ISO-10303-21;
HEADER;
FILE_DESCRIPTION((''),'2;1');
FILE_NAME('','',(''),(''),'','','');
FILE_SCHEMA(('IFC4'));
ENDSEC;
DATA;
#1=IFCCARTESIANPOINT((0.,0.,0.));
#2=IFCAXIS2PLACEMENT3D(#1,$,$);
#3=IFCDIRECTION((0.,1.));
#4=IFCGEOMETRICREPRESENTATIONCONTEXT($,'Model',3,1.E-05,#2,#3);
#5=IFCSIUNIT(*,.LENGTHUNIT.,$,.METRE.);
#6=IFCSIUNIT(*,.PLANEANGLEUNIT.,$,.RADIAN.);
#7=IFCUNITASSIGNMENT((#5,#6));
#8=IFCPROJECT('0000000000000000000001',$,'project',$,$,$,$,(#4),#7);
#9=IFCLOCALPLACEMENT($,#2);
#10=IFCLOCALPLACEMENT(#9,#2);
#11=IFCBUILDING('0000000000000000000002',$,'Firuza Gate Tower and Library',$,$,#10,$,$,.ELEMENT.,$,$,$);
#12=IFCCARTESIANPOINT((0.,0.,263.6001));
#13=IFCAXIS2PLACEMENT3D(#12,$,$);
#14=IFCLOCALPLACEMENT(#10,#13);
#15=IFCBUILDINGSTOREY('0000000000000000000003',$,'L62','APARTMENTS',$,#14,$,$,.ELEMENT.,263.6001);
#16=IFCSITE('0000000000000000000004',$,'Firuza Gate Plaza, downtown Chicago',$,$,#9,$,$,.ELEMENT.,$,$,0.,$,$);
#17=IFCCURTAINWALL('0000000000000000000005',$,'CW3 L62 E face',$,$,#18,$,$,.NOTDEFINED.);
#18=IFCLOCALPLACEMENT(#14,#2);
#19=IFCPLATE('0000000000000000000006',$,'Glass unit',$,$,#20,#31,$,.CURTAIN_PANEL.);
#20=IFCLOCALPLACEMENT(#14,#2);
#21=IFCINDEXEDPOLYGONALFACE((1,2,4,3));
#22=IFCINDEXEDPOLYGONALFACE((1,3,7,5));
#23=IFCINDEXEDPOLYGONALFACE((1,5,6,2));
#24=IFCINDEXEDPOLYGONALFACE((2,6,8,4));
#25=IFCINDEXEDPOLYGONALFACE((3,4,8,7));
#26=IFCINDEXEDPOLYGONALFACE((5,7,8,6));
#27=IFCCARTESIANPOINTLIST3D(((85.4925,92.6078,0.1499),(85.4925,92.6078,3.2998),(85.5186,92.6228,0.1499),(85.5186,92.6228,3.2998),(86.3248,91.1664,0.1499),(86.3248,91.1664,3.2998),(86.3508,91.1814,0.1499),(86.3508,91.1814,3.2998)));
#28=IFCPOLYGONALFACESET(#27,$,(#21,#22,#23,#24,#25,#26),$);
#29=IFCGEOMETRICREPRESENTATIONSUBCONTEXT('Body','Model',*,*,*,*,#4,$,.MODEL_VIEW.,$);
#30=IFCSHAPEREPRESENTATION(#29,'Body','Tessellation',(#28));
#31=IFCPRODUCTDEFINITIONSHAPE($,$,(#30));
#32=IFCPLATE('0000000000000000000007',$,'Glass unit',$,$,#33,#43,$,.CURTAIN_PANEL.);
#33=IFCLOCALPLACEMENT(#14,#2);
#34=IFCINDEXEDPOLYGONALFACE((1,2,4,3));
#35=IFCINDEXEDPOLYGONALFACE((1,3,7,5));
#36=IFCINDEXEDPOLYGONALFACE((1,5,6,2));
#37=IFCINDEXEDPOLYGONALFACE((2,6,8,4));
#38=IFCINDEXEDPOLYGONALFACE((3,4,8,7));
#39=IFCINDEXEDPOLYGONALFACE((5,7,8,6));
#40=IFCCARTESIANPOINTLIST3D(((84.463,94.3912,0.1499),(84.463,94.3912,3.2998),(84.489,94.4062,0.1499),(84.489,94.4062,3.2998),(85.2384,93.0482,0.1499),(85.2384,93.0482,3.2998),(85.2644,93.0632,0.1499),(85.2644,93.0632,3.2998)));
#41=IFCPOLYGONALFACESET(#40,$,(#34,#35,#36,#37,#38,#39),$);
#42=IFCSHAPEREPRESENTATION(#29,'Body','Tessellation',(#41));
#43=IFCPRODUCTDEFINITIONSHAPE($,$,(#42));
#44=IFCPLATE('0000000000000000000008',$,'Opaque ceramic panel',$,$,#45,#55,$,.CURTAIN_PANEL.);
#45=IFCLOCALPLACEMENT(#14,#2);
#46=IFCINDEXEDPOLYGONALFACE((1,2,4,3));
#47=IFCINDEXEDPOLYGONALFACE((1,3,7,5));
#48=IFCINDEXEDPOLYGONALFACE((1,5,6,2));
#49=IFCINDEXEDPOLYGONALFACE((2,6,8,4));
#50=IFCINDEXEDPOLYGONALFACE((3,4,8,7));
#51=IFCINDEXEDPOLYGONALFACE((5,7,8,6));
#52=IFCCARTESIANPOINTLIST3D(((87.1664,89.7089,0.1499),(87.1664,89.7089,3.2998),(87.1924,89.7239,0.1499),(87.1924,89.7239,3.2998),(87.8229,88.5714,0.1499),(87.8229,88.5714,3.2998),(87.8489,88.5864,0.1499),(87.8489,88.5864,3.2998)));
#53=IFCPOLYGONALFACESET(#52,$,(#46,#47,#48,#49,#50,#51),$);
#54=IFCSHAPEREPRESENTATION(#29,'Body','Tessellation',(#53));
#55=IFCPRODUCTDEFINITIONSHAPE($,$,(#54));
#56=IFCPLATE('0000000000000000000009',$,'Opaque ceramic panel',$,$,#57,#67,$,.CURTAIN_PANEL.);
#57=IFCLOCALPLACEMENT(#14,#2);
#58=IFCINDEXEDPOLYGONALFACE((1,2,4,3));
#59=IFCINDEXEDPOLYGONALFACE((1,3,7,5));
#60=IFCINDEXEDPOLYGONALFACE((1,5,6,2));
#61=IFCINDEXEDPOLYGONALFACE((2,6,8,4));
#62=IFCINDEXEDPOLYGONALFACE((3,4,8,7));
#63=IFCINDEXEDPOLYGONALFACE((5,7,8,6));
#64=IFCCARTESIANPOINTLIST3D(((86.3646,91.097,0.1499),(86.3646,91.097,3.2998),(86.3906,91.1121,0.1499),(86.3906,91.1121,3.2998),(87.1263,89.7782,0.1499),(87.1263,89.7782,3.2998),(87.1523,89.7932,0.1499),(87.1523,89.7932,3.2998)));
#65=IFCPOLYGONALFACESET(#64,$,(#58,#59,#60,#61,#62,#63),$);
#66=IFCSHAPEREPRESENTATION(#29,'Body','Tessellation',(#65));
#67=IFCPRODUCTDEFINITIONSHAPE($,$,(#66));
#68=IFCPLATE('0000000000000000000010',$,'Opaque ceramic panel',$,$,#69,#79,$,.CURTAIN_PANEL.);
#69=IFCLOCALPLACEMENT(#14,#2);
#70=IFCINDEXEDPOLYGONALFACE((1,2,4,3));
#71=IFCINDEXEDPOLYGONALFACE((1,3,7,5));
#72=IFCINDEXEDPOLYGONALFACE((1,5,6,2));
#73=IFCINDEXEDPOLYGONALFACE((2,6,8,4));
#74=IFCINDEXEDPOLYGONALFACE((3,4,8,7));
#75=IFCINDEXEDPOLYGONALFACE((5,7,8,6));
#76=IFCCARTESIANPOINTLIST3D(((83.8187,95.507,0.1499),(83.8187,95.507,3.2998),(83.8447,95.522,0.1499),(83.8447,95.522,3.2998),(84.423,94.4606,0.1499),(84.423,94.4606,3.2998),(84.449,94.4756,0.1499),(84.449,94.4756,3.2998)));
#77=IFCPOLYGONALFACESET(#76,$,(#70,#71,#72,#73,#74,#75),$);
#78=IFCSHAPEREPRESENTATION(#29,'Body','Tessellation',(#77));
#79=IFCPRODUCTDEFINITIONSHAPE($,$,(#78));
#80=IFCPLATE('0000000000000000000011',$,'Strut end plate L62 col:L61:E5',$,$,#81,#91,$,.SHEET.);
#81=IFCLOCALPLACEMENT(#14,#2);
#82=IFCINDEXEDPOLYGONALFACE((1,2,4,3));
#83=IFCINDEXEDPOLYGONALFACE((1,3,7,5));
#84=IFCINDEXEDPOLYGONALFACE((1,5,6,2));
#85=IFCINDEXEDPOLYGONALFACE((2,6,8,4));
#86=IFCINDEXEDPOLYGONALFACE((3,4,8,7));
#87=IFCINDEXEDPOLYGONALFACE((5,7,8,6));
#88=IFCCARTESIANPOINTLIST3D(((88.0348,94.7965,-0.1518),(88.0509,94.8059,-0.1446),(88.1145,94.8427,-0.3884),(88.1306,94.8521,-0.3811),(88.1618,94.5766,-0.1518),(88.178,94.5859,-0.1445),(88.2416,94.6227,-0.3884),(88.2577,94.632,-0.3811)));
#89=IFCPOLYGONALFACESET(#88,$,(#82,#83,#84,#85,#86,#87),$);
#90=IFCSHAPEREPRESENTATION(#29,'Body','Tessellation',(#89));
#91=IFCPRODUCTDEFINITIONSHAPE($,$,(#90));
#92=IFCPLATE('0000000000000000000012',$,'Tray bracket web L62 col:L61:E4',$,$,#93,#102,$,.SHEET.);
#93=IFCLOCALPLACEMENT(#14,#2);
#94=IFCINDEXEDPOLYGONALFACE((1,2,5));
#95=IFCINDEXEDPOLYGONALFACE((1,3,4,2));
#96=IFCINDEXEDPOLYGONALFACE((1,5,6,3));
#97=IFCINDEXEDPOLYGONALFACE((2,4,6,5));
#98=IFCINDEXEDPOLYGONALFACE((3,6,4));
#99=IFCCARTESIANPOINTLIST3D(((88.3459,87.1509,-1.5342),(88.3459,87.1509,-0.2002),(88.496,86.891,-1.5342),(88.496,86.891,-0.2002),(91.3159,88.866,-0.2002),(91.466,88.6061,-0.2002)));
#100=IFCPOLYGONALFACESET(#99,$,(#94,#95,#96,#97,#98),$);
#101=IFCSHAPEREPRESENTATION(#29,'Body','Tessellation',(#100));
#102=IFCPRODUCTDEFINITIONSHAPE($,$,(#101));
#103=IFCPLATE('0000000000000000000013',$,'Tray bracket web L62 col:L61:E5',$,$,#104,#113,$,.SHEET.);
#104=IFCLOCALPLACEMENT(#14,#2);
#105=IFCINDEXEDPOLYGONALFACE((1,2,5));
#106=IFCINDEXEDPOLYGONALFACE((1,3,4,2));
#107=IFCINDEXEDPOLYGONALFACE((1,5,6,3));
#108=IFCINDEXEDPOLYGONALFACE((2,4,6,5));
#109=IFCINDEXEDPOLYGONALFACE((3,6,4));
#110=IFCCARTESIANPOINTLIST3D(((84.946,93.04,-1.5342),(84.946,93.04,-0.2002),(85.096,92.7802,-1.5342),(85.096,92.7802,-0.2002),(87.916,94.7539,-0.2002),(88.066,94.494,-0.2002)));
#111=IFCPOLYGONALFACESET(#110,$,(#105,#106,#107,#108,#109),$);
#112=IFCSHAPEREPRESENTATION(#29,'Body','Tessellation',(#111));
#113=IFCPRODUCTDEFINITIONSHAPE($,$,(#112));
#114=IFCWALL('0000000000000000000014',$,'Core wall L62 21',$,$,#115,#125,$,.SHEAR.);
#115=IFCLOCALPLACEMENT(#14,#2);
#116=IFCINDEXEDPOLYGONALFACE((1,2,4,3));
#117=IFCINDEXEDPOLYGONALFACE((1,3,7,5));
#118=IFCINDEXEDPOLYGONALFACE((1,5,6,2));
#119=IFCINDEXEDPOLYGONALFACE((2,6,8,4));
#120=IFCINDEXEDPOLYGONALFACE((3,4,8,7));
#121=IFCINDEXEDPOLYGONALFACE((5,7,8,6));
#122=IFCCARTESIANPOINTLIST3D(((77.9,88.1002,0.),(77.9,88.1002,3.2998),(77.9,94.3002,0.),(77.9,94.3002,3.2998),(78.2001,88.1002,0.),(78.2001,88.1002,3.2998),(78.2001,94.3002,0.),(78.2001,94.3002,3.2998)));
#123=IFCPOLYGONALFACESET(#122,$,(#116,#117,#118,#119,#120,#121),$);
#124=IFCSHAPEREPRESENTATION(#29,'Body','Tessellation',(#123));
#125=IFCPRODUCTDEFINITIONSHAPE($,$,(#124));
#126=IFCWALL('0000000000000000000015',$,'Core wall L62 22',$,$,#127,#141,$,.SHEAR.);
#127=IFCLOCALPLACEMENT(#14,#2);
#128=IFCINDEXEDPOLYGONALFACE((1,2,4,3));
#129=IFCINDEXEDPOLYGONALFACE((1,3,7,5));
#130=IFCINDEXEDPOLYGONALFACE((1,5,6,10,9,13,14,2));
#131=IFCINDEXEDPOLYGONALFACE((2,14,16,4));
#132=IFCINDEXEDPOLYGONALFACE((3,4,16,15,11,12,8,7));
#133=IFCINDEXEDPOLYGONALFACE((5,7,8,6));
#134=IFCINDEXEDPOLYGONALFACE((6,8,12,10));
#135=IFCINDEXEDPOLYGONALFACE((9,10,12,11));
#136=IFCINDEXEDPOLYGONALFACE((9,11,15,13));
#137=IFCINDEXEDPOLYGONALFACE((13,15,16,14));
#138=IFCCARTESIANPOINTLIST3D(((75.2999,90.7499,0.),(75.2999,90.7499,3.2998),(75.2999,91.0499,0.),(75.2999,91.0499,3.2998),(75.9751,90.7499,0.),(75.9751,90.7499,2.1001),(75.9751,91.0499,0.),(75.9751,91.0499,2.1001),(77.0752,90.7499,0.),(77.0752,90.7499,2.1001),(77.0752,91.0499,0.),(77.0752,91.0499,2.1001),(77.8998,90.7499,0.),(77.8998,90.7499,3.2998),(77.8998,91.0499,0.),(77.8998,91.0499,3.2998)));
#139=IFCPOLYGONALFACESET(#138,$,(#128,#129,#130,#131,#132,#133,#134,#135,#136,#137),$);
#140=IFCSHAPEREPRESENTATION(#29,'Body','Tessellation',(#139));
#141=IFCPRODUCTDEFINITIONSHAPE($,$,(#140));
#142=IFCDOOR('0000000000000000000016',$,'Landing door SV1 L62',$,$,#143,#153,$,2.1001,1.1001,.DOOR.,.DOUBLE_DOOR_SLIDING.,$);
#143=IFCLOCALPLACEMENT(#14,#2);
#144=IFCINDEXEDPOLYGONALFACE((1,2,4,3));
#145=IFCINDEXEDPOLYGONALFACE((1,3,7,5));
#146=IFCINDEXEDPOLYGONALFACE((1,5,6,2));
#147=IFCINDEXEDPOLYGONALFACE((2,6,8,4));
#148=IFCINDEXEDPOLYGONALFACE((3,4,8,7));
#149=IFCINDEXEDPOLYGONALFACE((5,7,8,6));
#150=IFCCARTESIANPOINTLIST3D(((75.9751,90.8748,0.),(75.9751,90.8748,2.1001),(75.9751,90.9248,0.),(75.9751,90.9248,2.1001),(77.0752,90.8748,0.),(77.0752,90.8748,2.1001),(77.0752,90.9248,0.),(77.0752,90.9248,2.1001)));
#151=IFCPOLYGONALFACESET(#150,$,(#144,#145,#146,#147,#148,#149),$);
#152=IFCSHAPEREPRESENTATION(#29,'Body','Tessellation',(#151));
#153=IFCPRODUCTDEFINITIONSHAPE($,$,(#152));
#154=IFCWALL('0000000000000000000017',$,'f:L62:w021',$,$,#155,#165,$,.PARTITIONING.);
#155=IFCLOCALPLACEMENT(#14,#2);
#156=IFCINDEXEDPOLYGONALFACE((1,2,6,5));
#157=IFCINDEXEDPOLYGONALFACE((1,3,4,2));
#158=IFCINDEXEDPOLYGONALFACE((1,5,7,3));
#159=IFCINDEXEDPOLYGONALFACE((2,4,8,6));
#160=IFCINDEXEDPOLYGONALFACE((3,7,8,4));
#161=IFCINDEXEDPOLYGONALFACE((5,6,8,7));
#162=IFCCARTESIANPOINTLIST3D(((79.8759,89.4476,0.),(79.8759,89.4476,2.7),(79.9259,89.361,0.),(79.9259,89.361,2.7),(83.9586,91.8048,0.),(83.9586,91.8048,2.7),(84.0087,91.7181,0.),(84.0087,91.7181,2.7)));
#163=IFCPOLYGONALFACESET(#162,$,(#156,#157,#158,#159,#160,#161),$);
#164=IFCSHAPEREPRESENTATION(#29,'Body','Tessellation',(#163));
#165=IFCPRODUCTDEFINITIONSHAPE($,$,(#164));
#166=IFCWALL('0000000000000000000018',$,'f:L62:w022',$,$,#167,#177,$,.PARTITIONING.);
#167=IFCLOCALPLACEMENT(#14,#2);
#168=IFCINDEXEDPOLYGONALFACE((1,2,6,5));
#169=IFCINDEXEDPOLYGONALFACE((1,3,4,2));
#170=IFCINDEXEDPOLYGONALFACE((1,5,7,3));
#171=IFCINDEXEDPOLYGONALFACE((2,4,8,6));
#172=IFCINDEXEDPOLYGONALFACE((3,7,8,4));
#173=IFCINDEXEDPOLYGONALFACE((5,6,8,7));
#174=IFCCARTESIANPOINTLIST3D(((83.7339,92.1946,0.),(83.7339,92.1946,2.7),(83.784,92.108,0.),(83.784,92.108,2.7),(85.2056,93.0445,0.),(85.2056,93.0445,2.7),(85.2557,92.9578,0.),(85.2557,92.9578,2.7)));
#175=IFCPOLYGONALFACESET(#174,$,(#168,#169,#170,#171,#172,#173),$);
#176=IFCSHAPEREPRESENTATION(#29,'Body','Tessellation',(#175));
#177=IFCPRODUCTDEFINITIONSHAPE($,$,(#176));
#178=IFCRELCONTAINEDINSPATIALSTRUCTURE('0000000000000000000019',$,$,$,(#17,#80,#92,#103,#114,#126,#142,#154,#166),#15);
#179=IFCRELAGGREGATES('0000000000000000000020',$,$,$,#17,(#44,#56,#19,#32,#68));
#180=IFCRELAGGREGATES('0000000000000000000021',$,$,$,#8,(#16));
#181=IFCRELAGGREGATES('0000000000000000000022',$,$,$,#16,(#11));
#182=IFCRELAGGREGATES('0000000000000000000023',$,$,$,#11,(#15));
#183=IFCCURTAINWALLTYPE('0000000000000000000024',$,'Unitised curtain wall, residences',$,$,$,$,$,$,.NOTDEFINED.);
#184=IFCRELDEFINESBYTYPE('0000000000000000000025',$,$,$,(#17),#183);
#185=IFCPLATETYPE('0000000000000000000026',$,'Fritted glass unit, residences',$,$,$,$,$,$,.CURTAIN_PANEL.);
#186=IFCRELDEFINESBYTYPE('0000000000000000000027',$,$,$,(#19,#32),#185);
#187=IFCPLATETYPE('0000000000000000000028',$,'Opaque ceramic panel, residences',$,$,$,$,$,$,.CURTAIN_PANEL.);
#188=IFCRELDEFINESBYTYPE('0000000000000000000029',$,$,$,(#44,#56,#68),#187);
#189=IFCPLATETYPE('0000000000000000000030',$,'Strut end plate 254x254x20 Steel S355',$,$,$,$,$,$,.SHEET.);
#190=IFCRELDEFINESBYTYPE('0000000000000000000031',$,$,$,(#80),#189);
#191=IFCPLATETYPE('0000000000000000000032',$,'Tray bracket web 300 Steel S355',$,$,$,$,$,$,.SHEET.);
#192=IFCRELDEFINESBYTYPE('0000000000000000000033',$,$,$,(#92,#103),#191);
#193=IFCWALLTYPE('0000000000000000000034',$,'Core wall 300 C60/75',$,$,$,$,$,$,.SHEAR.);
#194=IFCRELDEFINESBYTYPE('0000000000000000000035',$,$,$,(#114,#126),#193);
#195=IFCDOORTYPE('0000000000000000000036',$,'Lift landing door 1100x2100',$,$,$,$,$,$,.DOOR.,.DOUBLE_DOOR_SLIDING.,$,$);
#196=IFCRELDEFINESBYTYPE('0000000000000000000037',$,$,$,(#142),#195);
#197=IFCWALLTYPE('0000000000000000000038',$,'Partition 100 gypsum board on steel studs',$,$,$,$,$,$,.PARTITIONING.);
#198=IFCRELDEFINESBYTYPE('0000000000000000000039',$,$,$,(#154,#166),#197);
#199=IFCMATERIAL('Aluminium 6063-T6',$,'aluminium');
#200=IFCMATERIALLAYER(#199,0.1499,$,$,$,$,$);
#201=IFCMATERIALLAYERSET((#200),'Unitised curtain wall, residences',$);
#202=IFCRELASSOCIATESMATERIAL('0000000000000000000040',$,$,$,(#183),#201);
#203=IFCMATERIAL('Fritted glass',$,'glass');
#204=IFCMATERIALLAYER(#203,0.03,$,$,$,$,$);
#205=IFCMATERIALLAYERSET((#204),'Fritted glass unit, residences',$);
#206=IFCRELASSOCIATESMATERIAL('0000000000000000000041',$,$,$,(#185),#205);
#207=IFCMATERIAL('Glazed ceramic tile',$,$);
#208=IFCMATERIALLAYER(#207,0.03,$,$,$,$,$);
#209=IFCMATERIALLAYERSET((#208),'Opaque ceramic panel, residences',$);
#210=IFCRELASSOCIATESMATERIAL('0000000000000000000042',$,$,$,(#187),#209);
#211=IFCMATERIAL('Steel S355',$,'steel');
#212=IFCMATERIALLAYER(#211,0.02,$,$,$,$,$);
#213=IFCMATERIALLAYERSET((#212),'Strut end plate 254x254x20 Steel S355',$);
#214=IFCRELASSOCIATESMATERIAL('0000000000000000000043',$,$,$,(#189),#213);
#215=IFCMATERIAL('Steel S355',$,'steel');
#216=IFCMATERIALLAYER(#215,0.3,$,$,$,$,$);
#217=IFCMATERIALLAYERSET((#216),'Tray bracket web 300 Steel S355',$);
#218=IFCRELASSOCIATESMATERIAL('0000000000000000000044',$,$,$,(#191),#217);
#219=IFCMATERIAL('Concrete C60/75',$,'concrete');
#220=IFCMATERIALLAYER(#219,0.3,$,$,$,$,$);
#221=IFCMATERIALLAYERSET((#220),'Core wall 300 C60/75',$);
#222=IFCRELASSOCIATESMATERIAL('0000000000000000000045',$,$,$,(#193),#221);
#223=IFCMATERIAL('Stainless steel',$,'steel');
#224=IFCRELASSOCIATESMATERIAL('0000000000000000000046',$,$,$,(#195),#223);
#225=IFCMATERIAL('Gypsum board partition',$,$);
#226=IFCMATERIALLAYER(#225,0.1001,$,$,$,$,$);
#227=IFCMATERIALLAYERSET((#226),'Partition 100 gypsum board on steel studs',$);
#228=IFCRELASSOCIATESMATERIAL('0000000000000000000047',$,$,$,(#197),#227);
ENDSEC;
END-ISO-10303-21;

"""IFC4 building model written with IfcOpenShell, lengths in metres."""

from ifc_helpers import new_model, si_unit, direction, frame, frame_2d, origin, place, context, subcontext, project, spatial, polyline, rectangle, outline, extrude, material, layer, layer_set, type_object, element, fill, aggregate, save


model = new_model("IFC4")

# Units and contexts
model_context = context("Model", 3, precision=1e-05, world=origin(), true_north=direction((0.0, 1.0)))
body_context = subcontext(model_context, "Body", "Model", "MODEL_VIEW")
ifc_project = project(units=[si_unit("LENGTHUNIT", "METRE"), si_unit("PLANEANGLEUNIT", "RADIAN")], contexts=[model_context])

# Site, building, storey
site_placement = place(None, origin())
site = spatial("IfcSite", under=ifc_project, at=site_placement, Name="Firuza Gate Plaza, downtown Chicago", CompositionType="ELEMENT", RefElevation=0.0)
building_placement = place(site_placement, origin())
building = spatial("IfcBuilding", under=site, at=building_placement, Name="Firuza Gate Tower and Library", CompositionType="ELEMENT")
storey_placement = place(building_placement, frame((0.0, 0.0, 263.6001)))
storey = spatial("IfcBuildingStorey", under=building, at=storey_placement, Name="L62", Description="APARTMENTS", CompositionType="ELEMENT", Elevation=263.6001)

# Curtain wall
ifc_material_1 = material(Name="Aluminium 6063-T6", Category="aluminium")
ifc_layer_1 = layer(ifc_material_1, 0.1499)
ifc_layer_set_1 = layer_set([ifc_layer_1], Name="Unitised curtain wall, residences")
curtain_wall_type = type_object("IfcCurtainWallType", Name="Unitised curtain wall, residences", PredefinedType="NOTDEFINED", material=ifc_layer_set_1)
curtain_wall_placement = place(storey_placement, origin())
curtain_wall = element("IfcCurtainWall", 1, at=curtain_wall_placement, inside=storey, type_object=curtain_wall_type, Name="CW3 L62 E face", PredefinedType="NOTDEFINED")

# Plates
ifc_material_2 = material(Name="Fritted glass", Category="glass")
ifc_layer_2 = layer(ifc_material_2, 0.03)
ifc_layer_set_2 = layer_set([ifc_layer_2], Name="Fritted glass unit, residences")
plate_type_1 = type_object("IfcPlateType", Name="Fritted glass unit, residences", PredefinedType="CURTAIN_PANEL", material=ifc_layer_set_2)
plate_1_placement = place(storey_placement, frame((86.3508, 91.1814, 0.1499), z_axis=(0.866005, 0.500036, 0.0), x_axis=(-0.500036, 0.866005, 0.0)))
plate_1 = element("IfcPlate", 2, at=plate_1_placement, type_object=plate_type_1, Name="Glass unit", PredefinedType="CURTAIN_PANEL", context=body_context, shape_type="SweptSolid", body=[
    extrude(outline(polyline([(0.0, 0.0), (1.6644, 0.0), (1.6644, 3.1499), (0.0, 3.1499), (0.0, 0.0)])), origin(), (0.0, 0.0, -1.0), 0.03),
])
plate_2_placement = place(storey_placement, frame((85.2644, 93.0632, 0.1499), z_axis=(0.866026, 0.5, 0.0), x_axis=(-0.5, 0.866026, 0.0)))
plate_2 = element("IfcPlate", 3, at=plate_2_placement, type_object=plate_type_1, Name="Glass unit", PredefinedType="CURTAIN_PANEL", context=body_context, shape_type="SweptSolid", body=[
    extrude(outline(polyline([(0.0, 0.0), (1.5508, 0.0), (1.5508, 3.1499), (0.0, 3.1499), (0.0, 0.0)])), origin(), (0.0, 0.0, -1.0), 0.03),
])
ifc_material_3 = material(Name="Glazed ceramic tile")
ifc_layer_3 = layer(ifc_material_3, 0.03)
ifc_layer_set_3 = layer_set([ifc_layer_3], Name="Opaque ceramic panel, residences")
plate_type_2 = type_object("IfcPlateType", Name="Opaque ceramic panel, residences", PredefinedType="CURTAIN_PANEL", material=ifc_layer_set_3)
plate_3_placement = place(storey_placement, frame((87.8489, 88.5864, 0.1499), z_axis=(0.866096, 0.499878, 0.0), x_axis=(-0.499878, 0.866096, 0.0)))
plate_3 = element("IfcPlate", 4, at=plate_3_placement, type_object=plate_type_2, Name="Opaque ceramic panel", PredefinedType="CURTAIN_PANEL", context=body_context, shape_type="SweptSolid", body=[
    extrude(outline(polyline([(0.0, 0.0), (1.3133, 0.0), (1.3133, 3.1499), (0.0, 3.1499), (0.0, 0.0)])), origin(), (0.0, 0.0, -1.0), 0.03),
])
plate_4_placement = place(storey_placement, frame((87.1523, 89.7932, 0.1499), z_axis=(0.865945, 0.500139, 0.0), x_axis=(-0.500139, 0.865945, 0.0)))
plate_4 = element("IfcPlate", 5, at=plate_4_placement, type_object=plate_type_2, Name="Opaque ceramic panel", PredefinedType="CURTAIN_PANEL", context=body_context, shape_type="SweptSolid", body=[
    extrude(outline(polyline([(0.0, 0.0), (1.523, 0.0), (1.523, 3.1499), (0.0, 3.1499), (0.0, 0.0)])), origin(), (0.0, 0.0, -1.0), 0.03),
])
plate_5_placement = place(storey_placement, frame((84.449, 94.4756, 0.1499), z_axis=(0.865984, 0.500072, 0.0), x_axis=(-0.500072, 0.865984, 0.0)))
plate_5 = element("IfcPlate", 6, at=plate_5_placement, type_object=plate_type_2, Name="Opaque ceramic panel", PredefinedType="CURTAIN_PANEL", context=body_context, shape_type="SweptSolid", body=[
    extrude(outline(polyline([(0.0, 0.0), (1.2083, 0.0), (1.2083, 3.1499), (0.0, 3.1499), (0.0, 0.0)])), origin(), (0.0, 0.0, -1.0), 0.03),
])
aggregate(curtain_wall, [plate_3, plate_4, plate_1, plate_2, plate_5])

# Plates
ifc_material_4 = material(Name="Steel S355", Category="steel")
ifc_layer_4 = layer(ifc_material_4, 0.02)
ifc_layer_set_4 = layer_set([ifc_layer_4], Name="Strut end plate 254x254x20 Steel S355")
plate_type_3 = type_object("IfcPlateType", Name="Strut end plate 254x254x20 Steel S355", PredefinedType="SHEET", material=ifc_layer_set_4)
plate_6_placement = place(storey_placement, frame((88.178, 94.5859, -0.1445), z_axis=(0.806901, 0.46614, 0.3628), x_axis=(-0.500174, 0.865925, -0.000141)))
element("IfcPlate", 7, at=plate_6_placement, inside=storey, type_object=plate_type_3, Name="Strut end plate L62 col:L61:E5", PredefinedType="SHEET", context=body_context, shape_type="SweptSolid", body=[
    extrude(outline(polyline([(0.0, 0.0), (0.254, 0.0), (0.2542, -0.2538), (0.0001, -0.2539), (0.0, 0.0)])), origin(), (0.0, 0.0, -1.0), 0.02),
])
ifc_material_5 = material(Name="Steel S355", Category="steel")
ifc_layer_5 = layer(ifc_material_5, 0.3)
ifc_layer_set_5 = layer_set([ifc_layer_5], Name="Tray bracket web 300 Steel S355")
plate_type_4 = type_object("IfcPlateType", Name="Tray bracket web 300 Steel S355", PredefinedType="SHEET", material=ifc_layer_set_5)
plate_7_placement = place(storey_placement, frame((88.3459, 87.1509, -0.2002), z_axis=(-0.500082, 0.865978, 0.0), x_axis=(0.865978, 0.500082, 0.0)))
element("IfcPlate", 8, at=plate_7_placement, inside=storey, type_object=plate_type_4, Name="Tray bracket web L62 col:L61:E4", PredefinedType="SHEET", context=body_context, shape_type="SweptSolid", body=[
    extrude(outline(polyline([(0.0, 0.0), (3.4296, 0.0), (0.0, 1.334), (0.0, 0.0)])), origin(), (0.0, 0.0, -1.0), 0.3),
])
plate_8_placement = place(storey_placement, frame((84.946, 93.04, -0.2002), z_axis=(-0.499815, 0.866132, 0.0), x_axis=(0.866132, 0.499815, 0.0)))
element("IfcPlate", 9, at=plate_8_placement, inside=storey, type_object=plate_type_4, Name="Tray bracket web L62 col:L61:E5", PredefinedType="SHEET", context=body_context, shape_type="SweptSolid", body=[
    extrude(outline(polyline([(0.0, 0.0), (3.429, 0.0), (0.0, 1.334), (0.0, 0.0)])), origin(), (0.0, 0.0, -1.0), 0.3),
])

# Wall
ifc_material_6 = material(Name="Concrete C60/75", Category="concrete")
ifc_layer_6 = layer(ifc_material_6, 0.3)
ifc_layer_set_6 = layer_set([ifc_layer_6], Name="Core wall 300 C60/75")
wall_type_1 = type_object("IfcWallType", Name="Core wall 300 C60/75", PredefinedType="SHEAR", material=ifc_layer_set_6)
wall_1_placement = place(storey_placement, frame((78.05, 88.1001, 0.0), z_axis=(0.0, 0.0, 1.0), x_axis=(0.0, 1.0, 0.0)))
element("IfcWall", 10, at=wall_1_placement, inside=storey, type_object=wall_type_1, Name="Core wall L62 21", PredefinedType="SHEAR", context=body_context, shape_type="SweptSolid", body=[
    extrude(rectangle(XDim=6.2, YDim=0.3, at=frame_2d((3.1001, 0.0))), origin(), (0.0, 0.0, 1.0), 3.2998),
])

# Wall, opening, door
wall_2_placement = place(storey_placement, frame((75.3, 90.8999, 0.0), z_axis=(0.0, 0.0, 1.0), x_axis=(1.0, 0.0, 0.0)))
wall_2 = element("IfcWall", 11, at=wall_2_placement, inside=storey, type_object=wall_type_1, Name="Core wall L62 22", PredefinedType="SHEAR", context=body_context, shape_type="SweptSolid", body=[
    extrude(rectangle(XDim=2.5999, YDim=0.3, at=frame_2d((1.2998, 0.0))), origin(), (0.0, 0.0, 1.0), 3.2998),
])
opening_placement = place(wall_2_placement, frame((0.675, 0.0, 0.0)))
opening = element("IfcOpeningElement", 12, at=opening_placement, cuts=wall_2, PredefinedType="OPENING", context=body_context, shape_type="SweptSolid", body=[
    extrude(rectangle(XDim=1.1001, YDim=2.1001, at=frame_2d((0.55, 1.05))), frame((0.0, 0.1602, 0.0), z_axis=(0.0, -1.0, 0.0), x_axis=(1.0, 0.0, 0.0)), (0.0, 0.0, 1.0), 0.3201),
])
ifc_material_7 = material(Name="Stainless steel", Category="steel")
door_type = type_object("IfcDoorType", Name="Lift landing door 1100x2100", OperationType="DOUBLE_DOOR_SLIDING", PredefinedType="DOOR", material=ifc_material_7)
door_placement = place(opening_placement, origin())
door = element("IfcDoor", 13, at=door_placement, inside=storey, type_object=door_type, Name="Landing door SV1 L62", OperationType="DOUBLE_DOOR_SLIDING", OverallHeight=2.1001, OverallWidth=1.1001, PredefinedType="DOOR", context=body_context, shape_type="SweptSolid", body=[
    extrude(rectangle(XDim=1.1001, YDim=2.1001, at=frame_2d((0.55, 1.05))), frame((0.0, 0.0249, 0.0), z_axis=(0.0, -1.0, 0.0), x_axis=(1.0, 0.0, 0.0)), (0.0, 0.0, 1.0), 0.05),
])
fill(opening, door)

# Walls
ifc_material_8 = material(Name="Gypsum board partition")
ifc_layer_7 = layer(ifc_material_8, 0.1001)
ifc_layer_set_7 = layer_set([ifc_layer_7], Name="Partition 100 gypsum board on steel studs")
wall_type_2 = type_object("IfcWallType", Name="Partition 100 gypsum board on steel studs", PredefinedType="PARTITIONING", material=ifc_layer_set_7)
wall_3_placement = place(storey_placement, frame((79.9009, 89.4043, 0.0), z_axis=(0.0, 0.0, 1.0), x_axis=(0.866026, 0.499999, 0.0)))
element("IfcWall", 14, at=wall_3_placement, inside=storey, type_object=wall_type_2, Name="f:L62:w021", PredefinedType="PARTITIONING", context=body_context, shape_type="SweptSolid", body=[
    extrude(rectangle(XDim=4.7144, YDim=0.1001, at=frame_2d((2.3572, 0.0))), origin(), (0.0, 0.0, 1.0), 2.7),
])
wall_4_placement = place(storey_placement, frame((83.759, 92.1514, 0.0), z_axis=(0.0, 0.0, 1.0), x_axis=(0.86598, 0.500079, 0.0)))
element("IfcWall", 15, at=wall_4_placement, inside=storey, type_object=wall_type_2, Name="f:L62:w022", PredefinedType="PARTITIONING", context=body_context, shape_type="SweptSolid", body=[
    extrude(rectangle(XDim=1.6995, YDim=0.1001, at=frame_2d((0.8496, 0.0))), origin(), (0.0, 0.0, 1.0), 2.7),
])

save(model, "model.ifc")
